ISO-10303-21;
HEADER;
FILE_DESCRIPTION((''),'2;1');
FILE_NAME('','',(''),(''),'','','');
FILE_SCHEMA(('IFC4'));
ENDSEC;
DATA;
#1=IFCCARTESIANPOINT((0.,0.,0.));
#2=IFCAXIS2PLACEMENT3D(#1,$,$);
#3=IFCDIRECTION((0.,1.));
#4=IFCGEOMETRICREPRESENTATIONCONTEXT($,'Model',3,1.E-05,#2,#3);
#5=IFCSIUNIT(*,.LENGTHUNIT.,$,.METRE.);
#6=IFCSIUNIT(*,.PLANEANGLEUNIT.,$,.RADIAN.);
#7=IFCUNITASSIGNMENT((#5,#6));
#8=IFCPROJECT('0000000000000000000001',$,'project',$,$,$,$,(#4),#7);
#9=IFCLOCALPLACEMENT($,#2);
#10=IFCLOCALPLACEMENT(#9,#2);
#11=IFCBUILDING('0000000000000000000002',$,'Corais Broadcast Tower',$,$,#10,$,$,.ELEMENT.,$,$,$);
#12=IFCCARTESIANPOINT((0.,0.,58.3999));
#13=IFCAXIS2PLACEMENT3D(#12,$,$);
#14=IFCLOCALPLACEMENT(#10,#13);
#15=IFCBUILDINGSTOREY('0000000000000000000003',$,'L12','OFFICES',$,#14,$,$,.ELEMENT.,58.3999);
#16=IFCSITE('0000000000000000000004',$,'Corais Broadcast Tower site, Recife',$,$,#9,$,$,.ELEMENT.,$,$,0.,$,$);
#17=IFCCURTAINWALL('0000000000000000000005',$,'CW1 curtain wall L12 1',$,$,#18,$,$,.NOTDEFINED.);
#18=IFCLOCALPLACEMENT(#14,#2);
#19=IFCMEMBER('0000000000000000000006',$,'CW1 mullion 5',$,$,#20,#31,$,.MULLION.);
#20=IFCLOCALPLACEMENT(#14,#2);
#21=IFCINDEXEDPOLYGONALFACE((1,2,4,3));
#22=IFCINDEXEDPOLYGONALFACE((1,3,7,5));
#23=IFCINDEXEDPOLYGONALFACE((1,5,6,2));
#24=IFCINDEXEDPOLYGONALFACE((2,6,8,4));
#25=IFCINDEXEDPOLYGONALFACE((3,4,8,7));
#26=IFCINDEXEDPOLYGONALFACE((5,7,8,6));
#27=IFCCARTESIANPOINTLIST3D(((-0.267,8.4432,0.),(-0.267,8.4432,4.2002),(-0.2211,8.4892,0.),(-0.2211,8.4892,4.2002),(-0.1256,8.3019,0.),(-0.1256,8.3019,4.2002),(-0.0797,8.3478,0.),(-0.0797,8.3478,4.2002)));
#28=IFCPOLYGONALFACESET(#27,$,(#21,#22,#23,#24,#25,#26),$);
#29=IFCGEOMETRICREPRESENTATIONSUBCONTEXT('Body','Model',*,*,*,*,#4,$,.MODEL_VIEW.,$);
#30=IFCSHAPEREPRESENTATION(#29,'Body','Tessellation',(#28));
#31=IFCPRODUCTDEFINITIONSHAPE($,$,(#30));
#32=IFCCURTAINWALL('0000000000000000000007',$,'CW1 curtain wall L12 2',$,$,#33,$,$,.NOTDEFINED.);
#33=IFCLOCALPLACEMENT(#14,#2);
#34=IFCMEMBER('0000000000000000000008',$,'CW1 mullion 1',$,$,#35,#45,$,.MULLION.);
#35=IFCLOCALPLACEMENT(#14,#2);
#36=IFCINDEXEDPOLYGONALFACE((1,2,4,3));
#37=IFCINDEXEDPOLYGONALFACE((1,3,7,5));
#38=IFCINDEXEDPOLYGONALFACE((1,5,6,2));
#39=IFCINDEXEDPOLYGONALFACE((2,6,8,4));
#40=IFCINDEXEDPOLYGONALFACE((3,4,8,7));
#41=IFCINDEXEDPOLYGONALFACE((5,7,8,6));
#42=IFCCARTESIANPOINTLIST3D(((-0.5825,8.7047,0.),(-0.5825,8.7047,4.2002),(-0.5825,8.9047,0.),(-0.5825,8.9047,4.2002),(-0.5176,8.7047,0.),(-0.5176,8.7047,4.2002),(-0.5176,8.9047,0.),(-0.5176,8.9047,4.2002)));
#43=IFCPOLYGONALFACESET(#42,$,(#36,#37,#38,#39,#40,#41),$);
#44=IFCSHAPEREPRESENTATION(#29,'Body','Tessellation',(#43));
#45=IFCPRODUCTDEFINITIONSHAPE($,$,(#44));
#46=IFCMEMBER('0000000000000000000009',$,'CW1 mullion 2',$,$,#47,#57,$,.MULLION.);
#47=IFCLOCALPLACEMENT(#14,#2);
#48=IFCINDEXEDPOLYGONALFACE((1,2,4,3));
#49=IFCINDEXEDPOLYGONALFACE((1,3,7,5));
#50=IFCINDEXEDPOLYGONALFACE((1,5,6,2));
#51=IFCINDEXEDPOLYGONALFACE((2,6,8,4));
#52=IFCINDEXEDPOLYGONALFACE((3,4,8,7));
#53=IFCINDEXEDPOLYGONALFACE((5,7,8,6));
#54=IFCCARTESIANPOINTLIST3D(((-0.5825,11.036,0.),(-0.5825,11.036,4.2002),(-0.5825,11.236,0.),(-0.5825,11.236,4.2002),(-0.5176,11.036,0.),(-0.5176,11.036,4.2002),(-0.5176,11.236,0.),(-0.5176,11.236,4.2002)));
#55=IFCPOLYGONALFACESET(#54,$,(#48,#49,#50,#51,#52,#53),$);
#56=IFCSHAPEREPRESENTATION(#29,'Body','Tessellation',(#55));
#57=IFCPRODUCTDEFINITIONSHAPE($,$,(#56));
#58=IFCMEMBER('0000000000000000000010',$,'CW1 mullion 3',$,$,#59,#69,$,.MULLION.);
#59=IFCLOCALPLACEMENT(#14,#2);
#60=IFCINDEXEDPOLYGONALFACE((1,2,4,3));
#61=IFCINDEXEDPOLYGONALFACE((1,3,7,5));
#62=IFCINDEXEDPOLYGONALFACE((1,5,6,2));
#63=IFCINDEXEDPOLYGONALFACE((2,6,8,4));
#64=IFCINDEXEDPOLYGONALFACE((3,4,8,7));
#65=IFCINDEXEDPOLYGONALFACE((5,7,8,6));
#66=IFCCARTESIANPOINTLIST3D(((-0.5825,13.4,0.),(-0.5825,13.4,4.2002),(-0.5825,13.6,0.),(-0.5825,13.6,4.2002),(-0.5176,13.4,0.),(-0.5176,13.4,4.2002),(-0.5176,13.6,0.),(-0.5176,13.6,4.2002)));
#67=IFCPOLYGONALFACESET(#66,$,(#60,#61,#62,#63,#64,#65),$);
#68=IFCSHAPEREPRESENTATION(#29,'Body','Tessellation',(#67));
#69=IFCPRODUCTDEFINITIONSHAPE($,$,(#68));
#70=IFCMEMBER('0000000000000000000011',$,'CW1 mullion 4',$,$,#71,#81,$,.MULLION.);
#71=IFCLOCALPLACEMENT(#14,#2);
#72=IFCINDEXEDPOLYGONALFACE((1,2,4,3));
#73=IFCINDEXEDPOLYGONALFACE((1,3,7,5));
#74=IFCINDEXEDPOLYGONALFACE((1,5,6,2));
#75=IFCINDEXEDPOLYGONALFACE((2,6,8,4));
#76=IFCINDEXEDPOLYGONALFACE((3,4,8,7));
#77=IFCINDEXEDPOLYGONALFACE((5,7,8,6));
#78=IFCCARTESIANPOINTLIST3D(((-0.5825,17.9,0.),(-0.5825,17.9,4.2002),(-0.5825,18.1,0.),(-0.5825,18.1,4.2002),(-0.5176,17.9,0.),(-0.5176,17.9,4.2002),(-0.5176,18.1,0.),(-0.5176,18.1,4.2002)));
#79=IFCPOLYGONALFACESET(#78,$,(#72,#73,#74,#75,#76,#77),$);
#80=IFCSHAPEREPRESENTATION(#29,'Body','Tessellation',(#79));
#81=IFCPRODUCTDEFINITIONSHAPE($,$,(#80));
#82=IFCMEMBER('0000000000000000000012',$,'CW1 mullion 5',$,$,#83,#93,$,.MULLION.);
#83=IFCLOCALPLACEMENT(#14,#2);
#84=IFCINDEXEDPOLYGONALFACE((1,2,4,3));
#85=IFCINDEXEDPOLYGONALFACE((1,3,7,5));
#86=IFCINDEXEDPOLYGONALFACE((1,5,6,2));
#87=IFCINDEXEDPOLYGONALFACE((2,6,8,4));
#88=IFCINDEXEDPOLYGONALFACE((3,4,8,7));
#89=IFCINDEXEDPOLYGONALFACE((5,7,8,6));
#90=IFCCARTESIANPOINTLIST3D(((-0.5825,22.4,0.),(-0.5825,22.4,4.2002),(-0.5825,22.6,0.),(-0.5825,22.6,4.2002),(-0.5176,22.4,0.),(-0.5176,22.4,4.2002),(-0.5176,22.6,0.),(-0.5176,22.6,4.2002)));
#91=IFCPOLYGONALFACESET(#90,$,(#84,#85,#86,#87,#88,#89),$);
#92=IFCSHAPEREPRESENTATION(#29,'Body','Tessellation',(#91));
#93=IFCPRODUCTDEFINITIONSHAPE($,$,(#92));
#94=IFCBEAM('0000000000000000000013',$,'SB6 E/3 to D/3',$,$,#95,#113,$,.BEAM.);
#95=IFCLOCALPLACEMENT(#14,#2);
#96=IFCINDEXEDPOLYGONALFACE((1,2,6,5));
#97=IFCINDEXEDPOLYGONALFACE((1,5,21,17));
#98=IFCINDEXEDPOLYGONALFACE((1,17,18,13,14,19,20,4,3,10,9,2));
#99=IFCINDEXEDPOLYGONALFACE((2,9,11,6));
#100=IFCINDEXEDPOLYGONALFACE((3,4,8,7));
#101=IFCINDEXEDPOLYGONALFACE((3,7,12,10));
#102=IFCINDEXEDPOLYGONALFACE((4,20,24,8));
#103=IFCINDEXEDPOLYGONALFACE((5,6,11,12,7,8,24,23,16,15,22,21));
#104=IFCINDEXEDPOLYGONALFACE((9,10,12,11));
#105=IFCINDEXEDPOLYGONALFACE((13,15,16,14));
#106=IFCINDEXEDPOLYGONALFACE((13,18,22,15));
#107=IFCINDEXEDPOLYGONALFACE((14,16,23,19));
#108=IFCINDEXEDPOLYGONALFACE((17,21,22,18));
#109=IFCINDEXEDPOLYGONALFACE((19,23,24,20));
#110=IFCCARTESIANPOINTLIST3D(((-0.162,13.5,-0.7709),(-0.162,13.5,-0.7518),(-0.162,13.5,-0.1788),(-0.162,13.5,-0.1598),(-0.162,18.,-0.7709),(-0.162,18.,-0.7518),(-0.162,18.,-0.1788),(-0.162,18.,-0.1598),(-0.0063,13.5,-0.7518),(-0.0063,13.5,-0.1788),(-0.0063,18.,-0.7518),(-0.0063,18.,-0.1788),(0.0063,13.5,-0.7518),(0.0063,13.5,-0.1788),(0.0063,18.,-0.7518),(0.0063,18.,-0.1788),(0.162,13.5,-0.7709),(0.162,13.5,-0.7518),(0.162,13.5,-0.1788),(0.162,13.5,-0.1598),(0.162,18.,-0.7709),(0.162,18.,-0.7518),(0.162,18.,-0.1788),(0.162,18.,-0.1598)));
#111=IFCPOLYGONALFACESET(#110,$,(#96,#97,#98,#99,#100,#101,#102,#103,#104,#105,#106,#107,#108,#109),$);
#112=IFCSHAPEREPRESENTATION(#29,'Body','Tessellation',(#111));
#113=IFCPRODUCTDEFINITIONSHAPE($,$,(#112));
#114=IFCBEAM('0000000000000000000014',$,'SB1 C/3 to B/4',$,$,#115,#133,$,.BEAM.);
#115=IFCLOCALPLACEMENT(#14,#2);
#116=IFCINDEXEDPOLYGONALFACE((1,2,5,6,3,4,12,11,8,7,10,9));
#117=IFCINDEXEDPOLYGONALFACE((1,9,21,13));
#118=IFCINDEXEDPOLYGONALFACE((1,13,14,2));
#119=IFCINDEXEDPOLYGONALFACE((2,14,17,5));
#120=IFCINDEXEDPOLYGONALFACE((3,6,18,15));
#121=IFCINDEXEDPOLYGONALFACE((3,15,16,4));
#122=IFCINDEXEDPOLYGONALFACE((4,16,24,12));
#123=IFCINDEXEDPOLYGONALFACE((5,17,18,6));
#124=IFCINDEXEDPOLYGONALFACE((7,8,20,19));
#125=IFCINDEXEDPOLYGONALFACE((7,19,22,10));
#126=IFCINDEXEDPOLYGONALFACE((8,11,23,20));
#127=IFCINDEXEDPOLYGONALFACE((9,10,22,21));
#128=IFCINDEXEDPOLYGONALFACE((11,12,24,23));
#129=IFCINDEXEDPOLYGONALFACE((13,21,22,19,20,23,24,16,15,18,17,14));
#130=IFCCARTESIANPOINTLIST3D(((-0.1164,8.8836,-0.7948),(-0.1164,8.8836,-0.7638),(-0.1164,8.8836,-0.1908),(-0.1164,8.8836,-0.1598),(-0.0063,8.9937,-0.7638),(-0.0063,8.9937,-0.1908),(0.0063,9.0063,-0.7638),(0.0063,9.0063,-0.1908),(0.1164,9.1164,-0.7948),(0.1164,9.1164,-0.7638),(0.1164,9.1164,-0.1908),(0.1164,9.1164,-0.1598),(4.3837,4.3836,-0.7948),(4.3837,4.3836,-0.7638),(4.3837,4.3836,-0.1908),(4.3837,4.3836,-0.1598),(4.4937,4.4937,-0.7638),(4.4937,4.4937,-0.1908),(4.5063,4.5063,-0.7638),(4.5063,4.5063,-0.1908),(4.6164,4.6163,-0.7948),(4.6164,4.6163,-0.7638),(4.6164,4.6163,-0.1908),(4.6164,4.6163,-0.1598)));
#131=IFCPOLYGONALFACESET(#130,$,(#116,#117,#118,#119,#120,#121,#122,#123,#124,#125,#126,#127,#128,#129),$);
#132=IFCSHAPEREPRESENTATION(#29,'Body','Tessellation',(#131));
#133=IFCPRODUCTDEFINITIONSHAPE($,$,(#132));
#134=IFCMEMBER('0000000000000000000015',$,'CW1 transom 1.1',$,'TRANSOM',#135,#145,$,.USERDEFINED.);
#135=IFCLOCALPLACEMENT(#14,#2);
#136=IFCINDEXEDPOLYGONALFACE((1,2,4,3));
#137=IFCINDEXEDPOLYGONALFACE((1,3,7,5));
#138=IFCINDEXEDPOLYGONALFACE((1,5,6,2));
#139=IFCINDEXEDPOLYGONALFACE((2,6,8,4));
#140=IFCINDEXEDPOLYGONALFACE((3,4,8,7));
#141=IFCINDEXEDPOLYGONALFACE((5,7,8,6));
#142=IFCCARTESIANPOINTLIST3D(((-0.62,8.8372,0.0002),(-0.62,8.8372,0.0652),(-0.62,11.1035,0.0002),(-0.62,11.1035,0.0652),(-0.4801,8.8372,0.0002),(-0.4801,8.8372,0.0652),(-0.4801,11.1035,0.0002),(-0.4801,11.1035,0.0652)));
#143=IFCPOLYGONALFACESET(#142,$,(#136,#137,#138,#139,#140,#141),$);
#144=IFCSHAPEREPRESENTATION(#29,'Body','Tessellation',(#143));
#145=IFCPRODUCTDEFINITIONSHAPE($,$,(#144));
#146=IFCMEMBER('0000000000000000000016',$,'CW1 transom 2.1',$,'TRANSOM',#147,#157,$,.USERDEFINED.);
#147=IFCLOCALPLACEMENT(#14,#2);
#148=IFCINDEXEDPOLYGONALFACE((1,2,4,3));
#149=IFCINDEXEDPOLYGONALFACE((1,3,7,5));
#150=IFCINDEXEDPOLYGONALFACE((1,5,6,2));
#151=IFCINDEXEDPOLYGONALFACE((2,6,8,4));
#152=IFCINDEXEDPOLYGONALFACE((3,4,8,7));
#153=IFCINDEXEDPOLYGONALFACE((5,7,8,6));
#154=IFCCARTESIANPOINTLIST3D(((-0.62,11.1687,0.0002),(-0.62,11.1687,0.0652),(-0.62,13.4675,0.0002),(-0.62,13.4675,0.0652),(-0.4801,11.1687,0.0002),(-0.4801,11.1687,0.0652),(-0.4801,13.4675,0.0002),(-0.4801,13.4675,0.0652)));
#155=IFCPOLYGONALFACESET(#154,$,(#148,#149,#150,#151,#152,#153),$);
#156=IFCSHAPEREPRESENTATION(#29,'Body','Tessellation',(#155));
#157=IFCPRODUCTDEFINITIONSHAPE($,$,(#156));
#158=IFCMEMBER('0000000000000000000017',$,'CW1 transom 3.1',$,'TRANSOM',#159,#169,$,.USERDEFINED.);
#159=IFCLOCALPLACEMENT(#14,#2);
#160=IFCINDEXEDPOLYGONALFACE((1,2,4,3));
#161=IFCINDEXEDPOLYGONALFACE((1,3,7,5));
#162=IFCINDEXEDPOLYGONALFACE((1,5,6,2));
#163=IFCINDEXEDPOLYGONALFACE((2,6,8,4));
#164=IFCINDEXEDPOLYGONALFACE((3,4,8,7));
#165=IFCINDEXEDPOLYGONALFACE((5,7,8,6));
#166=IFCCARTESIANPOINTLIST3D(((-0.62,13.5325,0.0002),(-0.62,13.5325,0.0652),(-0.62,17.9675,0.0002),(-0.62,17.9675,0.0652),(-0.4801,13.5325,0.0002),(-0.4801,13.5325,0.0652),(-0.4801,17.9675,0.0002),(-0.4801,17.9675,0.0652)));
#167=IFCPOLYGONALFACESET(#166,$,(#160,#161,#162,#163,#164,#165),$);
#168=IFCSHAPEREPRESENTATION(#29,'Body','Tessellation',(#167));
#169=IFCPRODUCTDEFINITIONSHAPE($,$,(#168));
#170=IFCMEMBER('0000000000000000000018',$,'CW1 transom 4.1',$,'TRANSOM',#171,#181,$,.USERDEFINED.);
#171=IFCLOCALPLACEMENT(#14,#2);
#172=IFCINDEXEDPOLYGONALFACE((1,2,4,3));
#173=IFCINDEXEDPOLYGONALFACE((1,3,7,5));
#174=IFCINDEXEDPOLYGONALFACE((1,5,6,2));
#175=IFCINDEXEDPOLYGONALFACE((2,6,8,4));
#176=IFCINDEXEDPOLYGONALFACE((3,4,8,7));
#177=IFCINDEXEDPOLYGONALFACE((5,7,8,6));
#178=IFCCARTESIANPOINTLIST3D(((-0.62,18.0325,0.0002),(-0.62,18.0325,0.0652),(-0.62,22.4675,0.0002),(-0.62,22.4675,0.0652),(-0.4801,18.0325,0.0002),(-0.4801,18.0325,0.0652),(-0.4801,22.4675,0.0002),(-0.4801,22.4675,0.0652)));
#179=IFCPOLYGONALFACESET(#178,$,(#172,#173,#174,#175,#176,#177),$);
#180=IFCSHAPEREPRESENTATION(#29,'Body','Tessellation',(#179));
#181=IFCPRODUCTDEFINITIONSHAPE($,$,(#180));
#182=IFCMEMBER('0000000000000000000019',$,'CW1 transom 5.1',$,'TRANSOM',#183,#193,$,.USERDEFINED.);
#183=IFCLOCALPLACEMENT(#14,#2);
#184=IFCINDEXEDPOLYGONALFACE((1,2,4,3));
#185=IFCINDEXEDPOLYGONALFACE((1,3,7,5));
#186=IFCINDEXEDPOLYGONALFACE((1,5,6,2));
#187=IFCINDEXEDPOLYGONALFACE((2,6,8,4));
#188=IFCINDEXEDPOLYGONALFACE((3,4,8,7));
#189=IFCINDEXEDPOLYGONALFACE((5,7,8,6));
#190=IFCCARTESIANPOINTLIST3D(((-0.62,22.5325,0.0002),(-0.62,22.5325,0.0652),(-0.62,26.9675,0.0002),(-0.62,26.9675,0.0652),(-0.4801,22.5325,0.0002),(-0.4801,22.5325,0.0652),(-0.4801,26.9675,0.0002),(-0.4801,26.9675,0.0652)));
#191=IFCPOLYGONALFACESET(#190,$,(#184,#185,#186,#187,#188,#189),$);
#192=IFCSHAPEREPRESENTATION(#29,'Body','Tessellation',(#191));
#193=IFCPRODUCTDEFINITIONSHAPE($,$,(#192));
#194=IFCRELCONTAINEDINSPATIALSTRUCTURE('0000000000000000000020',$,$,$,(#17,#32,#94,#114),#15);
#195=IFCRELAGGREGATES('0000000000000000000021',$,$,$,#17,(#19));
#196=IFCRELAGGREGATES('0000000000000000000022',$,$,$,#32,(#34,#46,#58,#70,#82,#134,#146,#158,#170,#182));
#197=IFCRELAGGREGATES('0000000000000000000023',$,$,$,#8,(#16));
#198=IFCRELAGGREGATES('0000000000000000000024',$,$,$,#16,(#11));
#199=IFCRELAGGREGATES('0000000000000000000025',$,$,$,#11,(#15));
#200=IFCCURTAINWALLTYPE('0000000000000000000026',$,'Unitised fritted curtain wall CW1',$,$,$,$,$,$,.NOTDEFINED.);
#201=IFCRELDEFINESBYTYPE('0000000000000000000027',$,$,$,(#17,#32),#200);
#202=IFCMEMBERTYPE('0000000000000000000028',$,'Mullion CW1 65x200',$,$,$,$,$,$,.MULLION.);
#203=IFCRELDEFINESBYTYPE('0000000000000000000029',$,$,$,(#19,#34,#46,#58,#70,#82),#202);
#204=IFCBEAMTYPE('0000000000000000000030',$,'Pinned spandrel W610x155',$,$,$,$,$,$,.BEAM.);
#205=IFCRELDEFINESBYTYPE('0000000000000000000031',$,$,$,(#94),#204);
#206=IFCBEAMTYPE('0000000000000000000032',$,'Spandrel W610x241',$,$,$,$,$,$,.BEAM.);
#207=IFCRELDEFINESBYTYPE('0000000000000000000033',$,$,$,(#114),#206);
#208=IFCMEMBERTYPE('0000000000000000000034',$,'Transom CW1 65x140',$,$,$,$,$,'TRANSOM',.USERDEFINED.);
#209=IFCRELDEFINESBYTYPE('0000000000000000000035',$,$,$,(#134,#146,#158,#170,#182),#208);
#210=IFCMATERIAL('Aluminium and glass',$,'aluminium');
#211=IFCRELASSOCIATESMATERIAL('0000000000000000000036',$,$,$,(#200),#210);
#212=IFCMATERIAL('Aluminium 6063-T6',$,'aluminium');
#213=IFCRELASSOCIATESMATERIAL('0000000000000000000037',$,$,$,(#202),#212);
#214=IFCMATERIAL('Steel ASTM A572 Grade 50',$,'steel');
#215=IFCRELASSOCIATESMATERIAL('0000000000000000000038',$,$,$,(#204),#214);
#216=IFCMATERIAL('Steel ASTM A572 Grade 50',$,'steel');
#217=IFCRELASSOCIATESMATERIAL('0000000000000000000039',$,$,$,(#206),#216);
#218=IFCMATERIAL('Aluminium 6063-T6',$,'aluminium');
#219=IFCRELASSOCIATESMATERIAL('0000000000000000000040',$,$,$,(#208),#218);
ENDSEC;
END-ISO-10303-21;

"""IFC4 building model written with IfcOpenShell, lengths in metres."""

from ifc_helpers import new_model, si_unit, direction, frame, origin, origin_2d, place, context, subcontext, project, spatial, rectangle, i_section, extrude, material, material_profile, profile_set, type_object, element, aggregate, save


model = new_model("IFC4")

# Units and contexts
model_context = context("Model", 3, precision=1e-05, world=origin(), true_north=direction((0.0, 1.0)))
body_context = subcontext(model_context, "Body", "Model", "MODEL_VIEW")
ifc_project = project(units=[si_unit("LENGTHUNIT", "METRE"), si_unit("PLANEANGLEUNIT", "RADIAN")], contexts=[model_context])

# Site, building, storey
site_placement = place(None, origin())
site = spatial("IfcSite", under=ifc_project, at=site_placement, Name="Corais Broadcast Tower site, Recife", CompositionType="ELEMENT", RefElevation=0.0)
building_placement = place(site_placement, origin())
building = spatial("IfcBuilding", under=site, at=building_placement, Name="Corais Broadcast Tower", CompositionType="ELEMENT")
storey_placement = place(building_placement, frame((0.0, 0.0, 58.3999)))
storey = spatial("IfcBuildingStorey", under=building, at=storey_placement, Name="L12", Description="OFFICES", CompositionType="ELEMENT", Elevation=58.3999)

# Curtain wall, member
ifc_material_1 = material(Name="Aluminium and glass", Category="aluminium")
curtain_wall_type = type_object("IfcCurtainWallType", Name="Unitised fritted curtain wall CW1", PredefinedType="NOTDEFINED", material=ifc_material_1)
curtain_wall_1_placement = place(storey_placement, origin())
curtain_wall_1 = element("IfcCurtainWall", 1, at=curtain_wall_1_placement, inside=storey, type_object=curtain_wall_type, Name="CW1 curtain wall L12 1", PredefinedType="NOTDEFINED")
ifc_material_2 = material(Name="Aluminium 6063-T6", Category="aluminium")
ifc_material_profile_1 = material_profile(ifc_material_2, rectangle(XDim=0.0649, YDim=0.2, at=origin_2d()), Name="Mullion CW1 65x200")
ifc_profile_set_1 = profile_set([ifc_material_profile_1], Name="Aluminium 6063-T6")
member_type_1 = type_object("IfcMemberType", Name="Mullion CW1 65x200", PredefinedType="MULLION", material=ifc_profile_set_1)
member_1_placement = place(storey_placement, frame((-0.1733, 8.3955, 0.0), z_axis=(0.0, 0.0, 1.0), x_axis=(-0.707107, -0.707107, 0.0)))
member_1 = element("IfcMember", 2, at=member_1_placement, type_object=member_type_1, Name="CW1 mullion 5", PredefinedType="MULLION", context=body_context, shape_type="SweptSolid", body=[
    extrude(rectangle(XDim=0.0649, YDim=0.2, at=origin_2d()), origin(), (0.0, 0.0, 1.0), 4.2002),
])
aggregate(curtain_wall_1, [member_1])

# Curtain wall, members
curtain_wall_2_placement = place(storey_placement, origin())
curtain_wall_2 = element("IfcCurtainWall", 3, at=curtain_wall_2_placement, inside=storey, type_object=curtain_wall_type, Name="CW1 curtain wall L12 2", PredefinedType="NOTDEFINED")
member_2_placement = place(storey_placement, frame((-0.55, 8.8047, 0.0), z_axis=(0.0, 0.0, 1.0), x_axis=(-1.0, 0.0, 0.0)))
member_2 = element("IfcMember", 4, at=member_2_placement, type_object=member_type_1, Name="CW1 mullion 1", PredefinedType="MULLION", context=body_context, shape_type="SweptSolid", body=[
    extrude(rectangle(XDim=0.0649, YDim=0.2, at=origin_2d()), origin(), (0.0, 0.0, 1.0), 4.2002),
])
member_3_placement = place(storey_placement, frame((-0.55, 11.136, 0.0), z_axis=(0.0, 0.0, 1.0), x_axis=(-1.0, 0.0, 0.0)))
member_3 = element("IfcMember", 5, at=member_3_placement, type_object=member_type_1, Name="CW1 mullion 2", PredefinedType="MULLION", context=body_context, shape_type="SweptSolid", body=[
    extrude(rectangle(XDim=0.0649, YDim=0.2, at=origin_2d()), origin(), (0.0, 0.0, 1.0), 4.2002),
])
member_4_placement = place(storey_placement, frame((-0.55, 13.5, 0.0), z_axis=(0.0, 0.0, 1.0), x_axis=(-1.0, 0.0, 0.0)))
member_4 = element("IfcMember", 6, at=member_4_placement, type_object=member_type_1, Name="CW1 mullion 3", PredefinedType="MULLION", context=body_context, shape_type="SweptSolid", body=[
    extrude(rectangle(XDim=0.0649, YDim=0.2, at=origin_2d()), origin(), (0.0, 0.0, 1.0), 4.2002),
])
member_5_placement = place(storey_placement, frame((-0.55, 18.0, 0.0), z_axis=(0.0, 0.0, 1.0), x_axis=(-1.0, 0.0, 0.0)))
member_5 = element("IfcMember", 7, at=member_5_placement, type_object=member_type_1, Name="CW1 mullion 4", PredefinedType="MULLION", context=body_context, shape_type="SweptSolid", body=[
    extrude(rectangle(XDim=0.0649, YDim=0.2, at=origin_2d()), origin(), (0.0, 0.0, 1.0), 4.2002),
])
member_6_placement = place(storey_placement, frame((-0.55, 22.5, 0.0), z_axis=(0.0, 0.0, 1.0), x_axis=(-1.0, 0.0, 0.0)))
member_6 = element("IfcMember", 8, at=member_6_placement, type_object=member_type_1, Name="CW1 mullion 5", PredefinedType="MULLION", context=body_context, shape_type="SweptSolid", body=[
    extrude(rectangle(XDim=0.0649, YDim=0.2, at=origin_2d()), origin(), (0.0, 0.0, 1.0), 4.2002),
])

# Beams
ifc_material_3 = material(Name="Steel ASTM A572 Grade 50", Category="steel")
ifc_material_profile_2 = material_profile(ifc_material_3, i_section(OverallWidth=0.324, OverallDepth=0.6111, WebThickness=0.0127, FlangeThickness=0.019, at=origin_2d()), Name="W610x155")
ifc_profile_set_2 = profile_set([ifc_material_profile_2], Name="Steel ASTM A572 Grade 50")
beam_type_1 = type_object("IfcBeamType", Name="Pinned spandrel W610x155", PredefinedType="BEAM", material=ifc_profile_set_2)
beam_1_placement = place(storey_placement, frame((0.0, 18.0, -0.4653), z_axis=(0.0, -1.0, 0.0), x_axis=(1.0, 0.0, 0.0)))
element("IfcBeam", 9, at=beam_1_placement, inside=storey, type_object=beam_type_1, Name="SB6 E/3 to D/3", PredefinedType="BEAM", context=body_context, shape_type="SweptSolid", body=[
    extrude(i_section(OverallWidth=0.324, OverallDepth=0.6111, WebThickness=0.0127, FlangeThickness=0.019, at=origin_2d()), origin(), (0.0, 0.0, 1.0), 4.5),
])
ifc_material_4 = material(Name="Steel ASTM A572 Grade 50", Category="steel")
ifc_material_profile_3 = material_profile(ifc_material_4, i_section(OverallWidth=0.3291, OverallDepth=0.635, WebThickness=0.0178, FlangeThickness=0.031, at=origin_2d()), Name="W610x241")
ifc_profile_set_3 = profile_set([ifc_material_profile_3], Name="Steel ASTM A572 Grade 50")
beam_type_2 = type_object("IfcBeamType", Name="Spandrel W610x241", PredefinedType="BEAM", material=ifc_profile_set_3)
beam_2_placement = place(storey_placement, frame((0.0, 9.0, -0.4773), z_axis=(0.707107, -0.707107, 0.0), x_axis=(0.707107, 0.707107, 0.0)))
element("IfcBeam", 10, at=beam_2_placement, inside=storey, type_object=beam_type_2, Name="SB1 C/3 to B/4", PredefinedType="BEAM", context=body_context, shape_type="SweptSolid", body=[
    extrude(i_section(OverallWidth=0.3291, OverallDepth=0.635, WebThickness=0.0178, FlangeThickness=0.031, at=origin_2d()), origin(), (0.0, 0.0, 1.0), 6.364),
])

# Members
ifc_material_5 = material(Name="Aluminium 6063-T6", Category="aluminium")
ifc_material_profile_4 = material_profile(ifc_material_5, rectangle(XDim=0.1399, YDim=0.0649, at=origin_2d()), Name="Transom CW1 65x140")
ifc_profile_set_4 = profile_set([ifc_material_profile_4], Name="Aluminium 6063-T6")
member_type_2 = type_object("IfcMemberType", Name="Transom CW1 65x140", ElementType="TRANSOM", PredefinedType="USERDEFINED", material=ifc_profile_set_4)
member_7_placement = place(storey_placement, frame((-0.55, 8.8372, 0.0327), z_axis=(0.0, 1.0, 0.0), x_axis=(-1.0, 0.0, 0.0)))
member_7 = element("IfcMember", 11, at=member_7_placement, type_object=member_type_2, Name="CW1 transom 1.1", ObjectType="TRANSOM", PredefinedType="USERDEFINED", context=body_context, shape_type="SweptSolid", body=[
    extrude(rectangle(XDim=0.1399, YDim=0.0649, at=origin_2d()), origin(), (0.0, 0.0, 1.0), 2.2664),
])
member_8_placement = place(storey_placement, frame((-0.55, 11.1687, 0.0327), z_axis=(0.0, 1.0, 0.0), x_axis=(-1.0, 0.0, 0.0)))
member_8 = element("IfcMember", 12, at=member_8_placement, type_object=member_type_2, Name="CW1 transom 2.1", ObjectType="TRANSOM", PredefinedType="USERDEFINED", context=body_context, shape_type="SweptSolid", body=[
    extrude(rectangle(XDim=0.1399, YDim=0.0649, at=origin_2d()), origin(), (0.0, 0.0, 1.0), 2.2988),
])
member_9_placement = place(storey_placement, frame((-0.55, 13.5325, 0.0327), z_axis=(0.0, 1.0, 0.0), x_axis=(-1.0, 0.0, 0.0)))
member_9 = element("IfcMember", 13, at=member_9_placement, type_object=member_type_2, Name="CW1 transom 3.1", ObjectType="TRANSOM", PredefinedType="USERDEFINED", context=body_context, shape_type="SweptSolid", body=[
    extrude(rectangle(XDim=0.1399, YDim=0.0649, at=origin_2d()), origin(), (0.0, 0.0, 1.0), 4.4351),
])
member_10_placement = place(storey_placement, frame((-0.55, 18.0325, 0.0327), z_axis=(0.0, 1.0, 0.0), x_axis=(-1.0, 0.0, 0.0)))
member_10 = element("IfcMember", 14, at=member_10_placement, type_object=member_type_2, Name="CW1 transom 4.1", ObjectType="TRANSOM", PredefinedType="USERDEFINED", context=body_context, shape_type="SweptSolid", body=[
    extrude(rectangle(XDim=0.1399, YDim=0.0649, at=origin_2d()), origin(), (0.0, 0.0, 1.0), 4.4351),
])
member_11_placement = place(storey_placement, frame((-0.55, 22.5325, 0.0327), z_axis=(0.0, 1.0, 0.0), x_axis=(-1.0, 0.0, 0.0)))
member_11 = element("IfcMember", 15, at=member_11_placement, type_object=member_type_2, Name="CW1 transom 5.1", ObjectType="TRANSOM", PredefinedType="USERDEFINED", context=body_context, shape_type="SweptSolid", body=[
    extrude(rectangle(XDim=0.1399, YDim=0.0649, at=origin_2d()), origin(), (0.0, 0.0, 1.0), 4.4351),
])

aggregate(curtain_wall_2, [member_2, member_3, member_4, member_5, member_6, member_7, member_8, member_9, member_10, member_11])

save(model, "model.ifc")
